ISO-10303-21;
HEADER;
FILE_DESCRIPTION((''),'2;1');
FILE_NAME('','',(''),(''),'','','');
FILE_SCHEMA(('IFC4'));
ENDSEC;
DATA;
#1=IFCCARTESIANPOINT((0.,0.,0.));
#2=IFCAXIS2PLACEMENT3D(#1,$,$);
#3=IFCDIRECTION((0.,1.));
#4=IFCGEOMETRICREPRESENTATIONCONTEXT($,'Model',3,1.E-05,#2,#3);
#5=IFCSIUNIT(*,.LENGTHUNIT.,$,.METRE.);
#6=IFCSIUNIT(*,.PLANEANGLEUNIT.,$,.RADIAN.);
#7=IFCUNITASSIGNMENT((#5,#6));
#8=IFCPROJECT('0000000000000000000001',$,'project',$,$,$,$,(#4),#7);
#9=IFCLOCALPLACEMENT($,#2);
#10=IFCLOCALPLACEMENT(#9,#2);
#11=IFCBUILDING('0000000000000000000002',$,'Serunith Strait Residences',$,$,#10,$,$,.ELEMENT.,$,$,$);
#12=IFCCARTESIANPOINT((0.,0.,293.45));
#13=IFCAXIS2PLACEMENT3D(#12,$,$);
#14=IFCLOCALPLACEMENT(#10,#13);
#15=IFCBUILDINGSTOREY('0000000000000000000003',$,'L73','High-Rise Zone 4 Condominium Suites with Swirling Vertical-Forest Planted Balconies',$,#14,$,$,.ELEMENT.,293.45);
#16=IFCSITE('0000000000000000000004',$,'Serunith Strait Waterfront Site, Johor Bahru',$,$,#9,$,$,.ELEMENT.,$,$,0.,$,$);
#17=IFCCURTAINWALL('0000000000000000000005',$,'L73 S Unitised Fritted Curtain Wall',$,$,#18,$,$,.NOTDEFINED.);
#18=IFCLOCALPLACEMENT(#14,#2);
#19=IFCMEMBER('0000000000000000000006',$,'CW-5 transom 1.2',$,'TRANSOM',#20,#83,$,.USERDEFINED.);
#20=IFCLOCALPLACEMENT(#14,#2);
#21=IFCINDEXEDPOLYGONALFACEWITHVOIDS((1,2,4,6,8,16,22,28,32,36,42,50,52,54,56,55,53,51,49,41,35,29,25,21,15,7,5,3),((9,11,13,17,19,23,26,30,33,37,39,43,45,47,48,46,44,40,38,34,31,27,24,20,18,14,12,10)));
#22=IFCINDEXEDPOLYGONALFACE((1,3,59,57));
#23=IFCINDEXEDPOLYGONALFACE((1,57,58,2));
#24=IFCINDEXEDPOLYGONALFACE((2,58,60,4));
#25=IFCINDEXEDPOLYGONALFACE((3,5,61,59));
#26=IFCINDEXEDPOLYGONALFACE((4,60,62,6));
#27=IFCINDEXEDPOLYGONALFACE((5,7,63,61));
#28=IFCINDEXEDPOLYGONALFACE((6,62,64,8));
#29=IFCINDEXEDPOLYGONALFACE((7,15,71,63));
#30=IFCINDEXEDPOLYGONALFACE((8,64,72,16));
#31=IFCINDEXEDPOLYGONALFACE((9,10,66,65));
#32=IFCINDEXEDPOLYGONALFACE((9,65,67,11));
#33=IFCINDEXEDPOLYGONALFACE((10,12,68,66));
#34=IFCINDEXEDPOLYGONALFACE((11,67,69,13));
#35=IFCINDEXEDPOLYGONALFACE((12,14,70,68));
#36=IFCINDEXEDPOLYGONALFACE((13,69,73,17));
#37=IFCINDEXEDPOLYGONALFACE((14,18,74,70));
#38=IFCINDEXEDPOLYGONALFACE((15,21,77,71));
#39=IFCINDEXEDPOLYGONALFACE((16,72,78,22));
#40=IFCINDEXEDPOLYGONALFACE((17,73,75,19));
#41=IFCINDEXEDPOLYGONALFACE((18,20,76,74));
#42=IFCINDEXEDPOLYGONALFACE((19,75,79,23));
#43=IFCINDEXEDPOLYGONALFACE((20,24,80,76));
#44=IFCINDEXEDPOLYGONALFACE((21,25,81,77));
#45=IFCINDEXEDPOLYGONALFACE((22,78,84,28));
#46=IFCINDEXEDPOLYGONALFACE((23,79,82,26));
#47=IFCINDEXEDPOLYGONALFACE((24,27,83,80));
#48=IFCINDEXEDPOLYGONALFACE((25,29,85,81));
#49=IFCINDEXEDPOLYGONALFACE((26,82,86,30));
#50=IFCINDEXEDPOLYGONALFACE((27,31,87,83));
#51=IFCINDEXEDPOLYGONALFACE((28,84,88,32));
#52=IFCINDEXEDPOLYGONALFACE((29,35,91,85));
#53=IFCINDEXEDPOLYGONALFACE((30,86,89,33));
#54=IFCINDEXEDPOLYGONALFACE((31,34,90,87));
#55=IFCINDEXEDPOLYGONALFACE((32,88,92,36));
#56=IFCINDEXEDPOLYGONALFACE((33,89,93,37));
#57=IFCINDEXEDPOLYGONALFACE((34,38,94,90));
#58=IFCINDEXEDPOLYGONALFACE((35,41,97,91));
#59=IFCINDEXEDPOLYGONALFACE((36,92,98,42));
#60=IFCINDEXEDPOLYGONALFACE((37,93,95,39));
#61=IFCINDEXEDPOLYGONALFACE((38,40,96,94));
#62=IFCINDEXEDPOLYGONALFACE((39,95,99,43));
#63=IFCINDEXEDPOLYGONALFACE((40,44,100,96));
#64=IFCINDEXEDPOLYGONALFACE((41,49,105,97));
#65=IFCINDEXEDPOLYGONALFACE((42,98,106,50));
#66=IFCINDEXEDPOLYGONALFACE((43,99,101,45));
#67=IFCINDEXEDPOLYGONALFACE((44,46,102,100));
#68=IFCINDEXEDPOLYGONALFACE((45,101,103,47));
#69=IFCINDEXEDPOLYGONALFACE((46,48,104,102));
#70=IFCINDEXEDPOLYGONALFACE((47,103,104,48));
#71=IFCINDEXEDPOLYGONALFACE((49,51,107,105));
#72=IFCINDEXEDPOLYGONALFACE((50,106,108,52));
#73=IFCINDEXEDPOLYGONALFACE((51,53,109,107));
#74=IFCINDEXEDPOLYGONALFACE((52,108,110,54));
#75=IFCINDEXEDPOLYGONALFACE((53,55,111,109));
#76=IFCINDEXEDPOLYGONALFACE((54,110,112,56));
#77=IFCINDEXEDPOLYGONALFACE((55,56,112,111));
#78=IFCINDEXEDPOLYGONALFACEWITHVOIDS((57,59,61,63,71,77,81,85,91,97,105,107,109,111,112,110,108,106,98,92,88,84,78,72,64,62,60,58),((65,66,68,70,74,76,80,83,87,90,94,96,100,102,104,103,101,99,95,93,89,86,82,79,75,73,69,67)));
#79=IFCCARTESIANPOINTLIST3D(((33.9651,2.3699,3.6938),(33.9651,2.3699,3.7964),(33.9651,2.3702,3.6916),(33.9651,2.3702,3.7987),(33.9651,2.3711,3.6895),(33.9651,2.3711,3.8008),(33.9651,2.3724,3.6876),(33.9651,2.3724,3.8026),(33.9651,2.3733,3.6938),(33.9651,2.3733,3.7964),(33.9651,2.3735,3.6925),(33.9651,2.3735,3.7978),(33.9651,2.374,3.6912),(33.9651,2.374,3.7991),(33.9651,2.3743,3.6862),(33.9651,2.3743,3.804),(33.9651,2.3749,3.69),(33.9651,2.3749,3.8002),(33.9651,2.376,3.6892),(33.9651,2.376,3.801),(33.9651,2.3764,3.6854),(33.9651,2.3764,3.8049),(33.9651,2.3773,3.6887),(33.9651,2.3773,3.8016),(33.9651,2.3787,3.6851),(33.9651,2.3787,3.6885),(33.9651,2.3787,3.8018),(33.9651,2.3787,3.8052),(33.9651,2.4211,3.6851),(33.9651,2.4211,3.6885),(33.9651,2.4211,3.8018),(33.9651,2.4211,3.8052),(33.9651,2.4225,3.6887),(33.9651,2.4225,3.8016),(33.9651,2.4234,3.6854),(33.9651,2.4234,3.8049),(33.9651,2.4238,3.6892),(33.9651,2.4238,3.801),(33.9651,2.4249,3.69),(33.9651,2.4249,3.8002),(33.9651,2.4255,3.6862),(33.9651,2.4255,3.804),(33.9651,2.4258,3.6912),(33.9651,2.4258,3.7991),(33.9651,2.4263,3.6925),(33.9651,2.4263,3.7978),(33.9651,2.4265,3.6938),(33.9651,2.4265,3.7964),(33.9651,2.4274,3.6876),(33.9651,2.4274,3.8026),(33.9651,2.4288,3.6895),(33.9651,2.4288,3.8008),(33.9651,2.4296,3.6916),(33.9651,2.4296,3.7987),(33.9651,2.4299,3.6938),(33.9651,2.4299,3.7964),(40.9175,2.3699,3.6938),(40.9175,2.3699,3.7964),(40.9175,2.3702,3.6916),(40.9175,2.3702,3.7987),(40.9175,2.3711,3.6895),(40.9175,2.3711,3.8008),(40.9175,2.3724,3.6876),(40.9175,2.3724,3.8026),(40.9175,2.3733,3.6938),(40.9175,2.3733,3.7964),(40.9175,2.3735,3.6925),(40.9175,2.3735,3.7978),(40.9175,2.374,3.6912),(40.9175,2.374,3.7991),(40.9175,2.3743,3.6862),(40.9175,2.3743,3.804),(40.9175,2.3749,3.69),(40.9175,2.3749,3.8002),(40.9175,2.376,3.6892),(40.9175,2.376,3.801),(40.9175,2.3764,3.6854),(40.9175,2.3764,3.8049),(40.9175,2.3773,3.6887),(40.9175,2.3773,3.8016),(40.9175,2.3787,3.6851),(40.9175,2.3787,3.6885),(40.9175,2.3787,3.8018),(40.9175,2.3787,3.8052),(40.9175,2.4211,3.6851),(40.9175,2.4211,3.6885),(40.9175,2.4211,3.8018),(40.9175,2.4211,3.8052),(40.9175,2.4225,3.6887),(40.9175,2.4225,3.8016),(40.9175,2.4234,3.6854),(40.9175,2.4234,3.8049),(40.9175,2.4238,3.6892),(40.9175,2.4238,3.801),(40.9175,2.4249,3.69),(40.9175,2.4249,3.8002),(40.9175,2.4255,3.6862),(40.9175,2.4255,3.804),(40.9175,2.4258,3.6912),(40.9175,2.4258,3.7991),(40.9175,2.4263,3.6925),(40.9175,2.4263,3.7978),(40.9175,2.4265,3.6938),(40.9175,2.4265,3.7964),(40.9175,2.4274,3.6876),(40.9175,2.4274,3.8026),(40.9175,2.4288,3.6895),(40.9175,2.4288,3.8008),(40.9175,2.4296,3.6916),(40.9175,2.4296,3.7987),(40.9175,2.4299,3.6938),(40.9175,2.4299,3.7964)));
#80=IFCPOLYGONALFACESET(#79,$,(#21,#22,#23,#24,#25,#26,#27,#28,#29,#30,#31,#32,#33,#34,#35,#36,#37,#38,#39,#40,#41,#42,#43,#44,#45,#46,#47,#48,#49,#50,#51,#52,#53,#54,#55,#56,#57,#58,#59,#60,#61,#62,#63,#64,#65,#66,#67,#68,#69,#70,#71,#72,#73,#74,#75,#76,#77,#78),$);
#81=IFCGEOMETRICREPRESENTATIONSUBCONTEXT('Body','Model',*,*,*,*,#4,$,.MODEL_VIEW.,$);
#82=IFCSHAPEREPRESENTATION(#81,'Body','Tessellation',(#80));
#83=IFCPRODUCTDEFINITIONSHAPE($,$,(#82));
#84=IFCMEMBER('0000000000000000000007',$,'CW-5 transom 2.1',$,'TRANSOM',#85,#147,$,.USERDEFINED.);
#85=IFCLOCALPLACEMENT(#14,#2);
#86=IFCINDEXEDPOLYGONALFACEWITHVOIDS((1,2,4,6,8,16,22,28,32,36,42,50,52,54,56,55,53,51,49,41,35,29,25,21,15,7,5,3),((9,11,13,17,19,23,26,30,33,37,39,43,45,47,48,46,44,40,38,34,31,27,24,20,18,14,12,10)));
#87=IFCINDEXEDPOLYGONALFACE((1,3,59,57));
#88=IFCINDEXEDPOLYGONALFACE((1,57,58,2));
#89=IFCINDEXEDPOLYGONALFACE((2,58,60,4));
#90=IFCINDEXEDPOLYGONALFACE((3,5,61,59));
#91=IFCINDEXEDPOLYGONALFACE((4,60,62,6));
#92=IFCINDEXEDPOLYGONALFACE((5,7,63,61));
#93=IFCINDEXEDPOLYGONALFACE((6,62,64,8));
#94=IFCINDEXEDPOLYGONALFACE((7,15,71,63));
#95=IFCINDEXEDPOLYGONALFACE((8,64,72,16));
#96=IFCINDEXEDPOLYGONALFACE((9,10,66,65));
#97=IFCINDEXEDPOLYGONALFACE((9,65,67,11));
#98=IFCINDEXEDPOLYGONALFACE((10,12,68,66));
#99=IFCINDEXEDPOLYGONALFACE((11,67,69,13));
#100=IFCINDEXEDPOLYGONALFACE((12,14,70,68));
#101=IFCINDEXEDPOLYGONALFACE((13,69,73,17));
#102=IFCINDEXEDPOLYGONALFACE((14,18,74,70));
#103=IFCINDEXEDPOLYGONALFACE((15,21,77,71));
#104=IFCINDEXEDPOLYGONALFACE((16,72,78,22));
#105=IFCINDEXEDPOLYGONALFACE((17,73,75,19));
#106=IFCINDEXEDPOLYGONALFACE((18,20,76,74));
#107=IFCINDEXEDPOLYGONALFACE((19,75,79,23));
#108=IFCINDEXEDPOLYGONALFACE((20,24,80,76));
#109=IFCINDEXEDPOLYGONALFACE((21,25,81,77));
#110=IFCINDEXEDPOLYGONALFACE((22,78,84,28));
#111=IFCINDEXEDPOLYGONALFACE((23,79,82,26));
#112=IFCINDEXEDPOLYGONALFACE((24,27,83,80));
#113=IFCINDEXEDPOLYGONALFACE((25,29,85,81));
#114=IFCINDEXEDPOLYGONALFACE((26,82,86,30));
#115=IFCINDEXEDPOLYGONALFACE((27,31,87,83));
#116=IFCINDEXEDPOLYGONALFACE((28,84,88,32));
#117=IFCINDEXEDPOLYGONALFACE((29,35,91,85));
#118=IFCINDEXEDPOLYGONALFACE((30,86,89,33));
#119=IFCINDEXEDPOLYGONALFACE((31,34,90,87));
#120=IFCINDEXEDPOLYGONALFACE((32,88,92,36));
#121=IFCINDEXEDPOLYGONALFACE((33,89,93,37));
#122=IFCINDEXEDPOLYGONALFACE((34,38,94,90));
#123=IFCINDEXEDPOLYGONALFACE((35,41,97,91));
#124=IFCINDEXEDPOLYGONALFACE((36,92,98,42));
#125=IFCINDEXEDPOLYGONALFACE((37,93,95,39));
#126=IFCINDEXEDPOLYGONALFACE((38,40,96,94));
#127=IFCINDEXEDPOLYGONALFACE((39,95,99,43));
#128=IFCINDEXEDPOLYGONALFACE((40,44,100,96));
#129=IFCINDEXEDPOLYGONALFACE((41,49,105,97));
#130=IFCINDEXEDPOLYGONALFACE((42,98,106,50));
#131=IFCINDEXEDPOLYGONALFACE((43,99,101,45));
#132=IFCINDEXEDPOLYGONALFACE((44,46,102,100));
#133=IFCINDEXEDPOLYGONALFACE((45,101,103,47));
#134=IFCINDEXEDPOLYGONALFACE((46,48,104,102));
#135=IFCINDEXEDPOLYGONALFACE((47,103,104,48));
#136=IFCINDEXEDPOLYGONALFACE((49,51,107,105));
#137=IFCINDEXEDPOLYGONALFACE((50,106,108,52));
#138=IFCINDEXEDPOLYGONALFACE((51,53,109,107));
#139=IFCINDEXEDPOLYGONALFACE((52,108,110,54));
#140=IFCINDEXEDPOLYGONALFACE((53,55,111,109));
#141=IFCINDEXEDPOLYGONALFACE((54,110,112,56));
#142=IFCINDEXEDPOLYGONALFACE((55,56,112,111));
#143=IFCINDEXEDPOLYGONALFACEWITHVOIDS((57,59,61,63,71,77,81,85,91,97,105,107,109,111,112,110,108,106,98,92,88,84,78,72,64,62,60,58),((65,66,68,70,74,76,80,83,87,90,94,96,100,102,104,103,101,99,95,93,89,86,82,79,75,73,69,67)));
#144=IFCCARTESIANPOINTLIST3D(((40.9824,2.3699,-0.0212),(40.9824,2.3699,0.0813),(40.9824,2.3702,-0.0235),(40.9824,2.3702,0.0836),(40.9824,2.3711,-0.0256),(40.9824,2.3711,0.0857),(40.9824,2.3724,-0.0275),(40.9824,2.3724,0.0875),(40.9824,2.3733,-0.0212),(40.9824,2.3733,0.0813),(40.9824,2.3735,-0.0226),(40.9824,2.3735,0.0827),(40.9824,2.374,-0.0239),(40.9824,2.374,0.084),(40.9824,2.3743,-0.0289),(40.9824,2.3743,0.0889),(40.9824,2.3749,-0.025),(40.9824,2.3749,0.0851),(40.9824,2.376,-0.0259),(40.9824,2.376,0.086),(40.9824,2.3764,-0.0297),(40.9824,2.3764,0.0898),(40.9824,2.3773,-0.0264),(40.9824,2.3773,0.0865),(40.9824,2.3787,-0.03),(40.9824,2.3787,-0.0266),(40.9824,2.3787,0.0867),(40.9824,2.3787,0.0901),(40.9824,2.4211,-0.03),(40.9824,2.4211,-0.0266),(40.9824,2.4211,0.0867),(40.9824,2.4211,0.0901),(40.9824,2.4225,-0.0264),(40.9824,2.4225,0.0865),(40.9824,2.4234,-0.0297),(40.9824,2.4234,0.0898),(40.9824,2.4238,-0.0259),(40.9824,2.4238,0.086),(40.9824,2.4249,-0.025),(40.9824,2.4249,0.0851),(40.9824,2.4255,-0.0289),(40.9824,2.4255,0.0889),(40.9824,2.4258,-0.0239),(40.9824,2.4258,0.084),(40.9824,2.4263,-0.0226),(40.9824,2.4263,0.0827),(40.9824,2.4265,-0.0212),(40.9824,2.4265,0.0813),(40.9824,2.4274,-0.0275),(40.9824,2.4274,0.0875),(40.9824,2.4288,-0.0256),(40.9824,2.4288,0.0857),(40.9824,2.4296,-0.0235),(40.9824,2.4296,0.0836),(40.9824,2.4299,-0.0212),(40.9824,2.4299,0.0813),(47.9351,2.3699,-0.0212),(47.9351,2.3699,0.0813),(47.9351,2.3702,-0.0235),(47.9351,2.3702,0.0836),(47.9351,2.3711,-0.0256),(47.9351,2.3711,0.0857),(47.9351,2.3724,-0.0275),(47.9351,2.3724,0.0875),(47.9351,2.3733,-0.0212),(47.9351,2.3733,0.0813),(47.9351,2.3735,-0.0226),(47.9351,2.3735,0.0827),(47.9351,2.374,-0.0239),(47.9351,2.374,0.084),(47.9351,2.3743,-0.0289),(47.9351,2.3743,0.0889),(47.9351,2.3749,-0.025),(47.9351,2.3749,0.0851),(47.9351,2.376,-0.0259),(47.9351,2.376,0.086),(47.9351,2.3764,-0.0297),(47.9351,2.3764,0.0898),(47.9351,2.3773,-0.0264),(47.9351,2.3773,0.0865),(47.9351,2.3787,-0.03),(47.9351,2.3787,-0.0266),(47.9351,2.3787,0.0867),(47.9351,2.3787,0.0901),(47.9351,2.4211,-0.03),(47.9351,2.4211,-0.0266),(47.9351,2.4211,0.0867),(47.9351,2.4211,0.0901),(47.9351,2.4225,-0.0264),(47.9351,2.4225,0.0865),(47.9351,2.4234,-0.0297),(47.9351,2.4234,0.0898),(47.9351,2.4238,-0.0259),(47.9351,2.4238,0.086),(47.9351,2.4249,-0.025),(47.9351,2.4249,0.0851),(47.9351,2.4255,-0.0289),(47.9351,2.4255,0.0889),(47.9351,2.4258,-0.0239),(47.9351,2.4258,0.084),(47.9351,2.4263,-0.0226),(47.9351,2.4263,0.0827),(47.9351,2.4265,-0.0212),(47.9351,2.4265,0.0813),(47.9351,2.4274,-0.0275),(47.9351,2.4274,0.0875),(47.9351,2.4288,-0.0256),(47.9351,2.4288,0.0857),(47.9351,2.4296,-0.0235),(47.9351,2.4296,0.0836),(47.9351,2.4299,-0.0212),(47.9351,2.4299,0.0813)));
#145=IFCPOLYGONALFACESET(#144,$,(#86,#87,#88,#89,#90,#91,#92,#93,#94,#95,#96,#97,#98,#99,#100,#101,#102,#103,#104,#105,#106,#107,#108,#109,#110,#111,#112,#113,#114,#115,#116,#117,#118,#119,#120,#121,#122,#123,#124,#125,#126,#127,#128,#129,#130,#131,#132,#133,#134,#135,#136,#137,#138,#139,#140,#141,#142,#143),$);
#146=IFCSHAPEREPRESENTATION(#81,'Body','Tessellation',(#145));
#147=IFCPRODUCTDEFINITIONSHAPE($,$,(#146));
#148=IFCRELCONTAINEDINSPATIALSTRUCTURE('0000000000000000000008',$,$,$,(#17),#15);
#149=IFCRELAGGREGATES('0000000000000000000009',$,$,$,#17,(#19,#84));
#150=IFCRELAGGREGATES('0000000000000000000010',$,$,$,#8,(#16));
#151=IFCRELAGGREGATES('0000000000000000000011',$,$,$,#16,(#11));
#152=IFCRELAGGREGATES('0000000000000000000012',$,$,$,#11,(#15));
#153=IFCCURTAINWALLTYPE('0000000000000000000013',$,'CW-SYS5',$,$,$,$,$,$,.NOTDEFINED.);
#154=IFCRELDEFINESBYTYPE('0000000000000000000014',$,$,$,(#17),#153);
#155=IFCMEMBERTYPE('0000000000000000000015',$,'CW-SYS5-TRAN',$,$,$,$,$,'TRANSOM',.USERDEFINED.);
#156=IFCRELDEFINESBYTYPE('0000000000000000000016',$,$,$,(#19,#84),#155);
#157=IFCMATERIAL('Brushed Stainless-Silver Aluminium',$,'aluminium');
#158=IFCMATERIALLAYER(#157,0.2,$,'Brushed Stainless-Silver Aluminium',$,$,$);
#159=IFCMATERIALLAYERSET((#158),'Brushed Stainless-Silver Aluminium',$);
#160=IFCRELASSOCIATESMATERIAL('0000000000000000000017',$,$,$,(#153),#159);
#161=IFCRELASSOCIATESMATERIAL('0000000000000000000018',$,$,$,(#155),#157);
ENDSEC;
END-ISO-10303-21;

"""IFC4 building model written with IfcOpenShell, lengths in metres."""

from ifc_helpers import new_model, si_unit, direction, frame, origin, origin_2d, place, context, subcontext, project, spatial, hollow_rectangle, extrude, source, transform, mapped, material, layer, layer_set, material_profile, profile_set, type_object, element, aggregate, save


model = new_model("IFC4")

# Units and contexts
model_context = context("Model", 3, precision=1e-05, world=origin(), true_north=direction((0.0, 1.0)))
body_context = subcontext(model_context, "Body", "Model", "MODEL_VIEW")
ifc_project = project(units=[si_unit("LENGTHUNIT", "METRE"), si_unit("PLANEANGLEUNIT", "RADIAN")], contexts=[model_context])

# Site, building, storey
site_placement = place(None, origin())
site = spatial("IfcSite", under=ifc_project, at=site_placement, Name="Serunith Strait Waterfront Site, Johor Bahru", CompositionType="ELEMENT", RefElevation=0.0)
building_placement = place(site_placement, origin())
building = spatial("IfcBuilding", under=site, at=building_placement, Name="Serunith Strait Residences", CompositionType="ELEMENT")
storey_placement = place(building_placement, frame((0.0, 0.0, 293.45)))
storey = spatial("IfcBuildingStorey", under=building, at=storey_placement, Name="L73", Description="High-Rise Zone 4 Condominium Suites with Swirling Vertical-Forest Planted Balconies", CompositionType="ELEMENT", Elevation=293.45)

# Shared definitions
ifc_material_1 = material(Name="Brushed Stainless-Silver Aluminium", Category="aluminium")
ifc_layer_1 = layer(ifc_material_1, 0.2, Name="Brushed Stainless-Silver Aluminium")
ifc_layer_set_1 = layer_set([ifc_layer_1], Name="Brushed Stainless-Silver Aluminium")
curtain_wall_type = type_object("IfcCurtainWallType", Name="CW-SYS5", PredefinedType="NOTDEFINED", material=ifc_layer_set_1)

# Curtain wall, members
curtain_wall_1_placement = place(storey_placement, origin())
curtain_wall_1 = element("IfcCurtainWall", 1, at=curtain_wall_1_placement, inside=storey, type_object=curtain_wall_type, Name="L73 S Unitised Fritted Curtain Wall", PredefinedType="NOTDEFINED")
ifc_material_profile_1 = material_profile(ifc_material_1, hollow_rectangle(XDim=0.0601, YDim=0.1201, WallThickness=0.0034, InnerFilletRadius=0.0054, OuterFilletRadius=0.0088, at=origin_2d()), Name="ALU 120x60x3.5")
ifc_profile_set_1 = profile_set([ifc_material_profile_1], Name="Brushed Stainless-Silver Aluminium")
member_type_1 = type_object("IfcMemberType", Name="CW-SYS5-TRAN", ElementType="TRANSOM", PredefinedType="USERDEFINED", material=ifc_profile_set_1)
shared_shape_1 = source(origin(), body_context, "Body", "SweptSolid", [
    extrude(hollow_rectangle(XDim=0.0601, YDim=0.1201, WallThickness=0.0034, InnerFilletRadius=0.0054, OuterFilletRadius=0.0088, at=origin_2d()), origin(), (0.0, 0.0, 1.0), 6.9524),
])
member_1_placement = place(storey_placement, frame((33.9651, 2.3999, 3.7451), z_axis=(1.0, 0.0, 0.0), x_axis=(0.0, 1.0, 0.0)))
member_1 = element("IfcMember", 2, at=member_1_placement, type_object=member_type_1, Name="CW-5 transom 1.2", ObjectType="TRANSOM", PredefinedType="USERDEFINED", context=body_context, shape_type="MappedRepresentation", body=[
    mapped(shared_shape_1, transform((0.0, 0.0, 0.0), scale=1.0)),
])
shared_shape_2 = source(origin(), body_context, "Body", "SweptSolid", [
    extrude(hollow_rectangle(XDim=0.0601, YDim=0.1201, WallThickness=0.0034, InnerFilletRadius=0.0054, OuterFilletRadius=0.0088, at=origin_2d()), origin(), (0.0, 0.0, 1.0), 6.9526),
])
member_2_placement = place(storey_placement, frame((40.9824, 2.3999, 0.03), z_axis=(1.0, 0.0, 0.0), x_axis=(0.0, 1.0, 0.0)))
member_2 = element("IfcMember", 3, at=member_2_placement, type_object=member_type_1, Name="CW-5 transom 2.1", ObjectType="TRANSOM", PredefinedType="USERDEFINED", context=body_context, shape_type="MappedRepresentation", body=[
    mapped(shared_shape_2, transform((0.0, 0.0, 0.0), scale=1.0)),
])
aggregate(curtain_wall_1, [member_1, member_2])

save(model, "model.ifc")
